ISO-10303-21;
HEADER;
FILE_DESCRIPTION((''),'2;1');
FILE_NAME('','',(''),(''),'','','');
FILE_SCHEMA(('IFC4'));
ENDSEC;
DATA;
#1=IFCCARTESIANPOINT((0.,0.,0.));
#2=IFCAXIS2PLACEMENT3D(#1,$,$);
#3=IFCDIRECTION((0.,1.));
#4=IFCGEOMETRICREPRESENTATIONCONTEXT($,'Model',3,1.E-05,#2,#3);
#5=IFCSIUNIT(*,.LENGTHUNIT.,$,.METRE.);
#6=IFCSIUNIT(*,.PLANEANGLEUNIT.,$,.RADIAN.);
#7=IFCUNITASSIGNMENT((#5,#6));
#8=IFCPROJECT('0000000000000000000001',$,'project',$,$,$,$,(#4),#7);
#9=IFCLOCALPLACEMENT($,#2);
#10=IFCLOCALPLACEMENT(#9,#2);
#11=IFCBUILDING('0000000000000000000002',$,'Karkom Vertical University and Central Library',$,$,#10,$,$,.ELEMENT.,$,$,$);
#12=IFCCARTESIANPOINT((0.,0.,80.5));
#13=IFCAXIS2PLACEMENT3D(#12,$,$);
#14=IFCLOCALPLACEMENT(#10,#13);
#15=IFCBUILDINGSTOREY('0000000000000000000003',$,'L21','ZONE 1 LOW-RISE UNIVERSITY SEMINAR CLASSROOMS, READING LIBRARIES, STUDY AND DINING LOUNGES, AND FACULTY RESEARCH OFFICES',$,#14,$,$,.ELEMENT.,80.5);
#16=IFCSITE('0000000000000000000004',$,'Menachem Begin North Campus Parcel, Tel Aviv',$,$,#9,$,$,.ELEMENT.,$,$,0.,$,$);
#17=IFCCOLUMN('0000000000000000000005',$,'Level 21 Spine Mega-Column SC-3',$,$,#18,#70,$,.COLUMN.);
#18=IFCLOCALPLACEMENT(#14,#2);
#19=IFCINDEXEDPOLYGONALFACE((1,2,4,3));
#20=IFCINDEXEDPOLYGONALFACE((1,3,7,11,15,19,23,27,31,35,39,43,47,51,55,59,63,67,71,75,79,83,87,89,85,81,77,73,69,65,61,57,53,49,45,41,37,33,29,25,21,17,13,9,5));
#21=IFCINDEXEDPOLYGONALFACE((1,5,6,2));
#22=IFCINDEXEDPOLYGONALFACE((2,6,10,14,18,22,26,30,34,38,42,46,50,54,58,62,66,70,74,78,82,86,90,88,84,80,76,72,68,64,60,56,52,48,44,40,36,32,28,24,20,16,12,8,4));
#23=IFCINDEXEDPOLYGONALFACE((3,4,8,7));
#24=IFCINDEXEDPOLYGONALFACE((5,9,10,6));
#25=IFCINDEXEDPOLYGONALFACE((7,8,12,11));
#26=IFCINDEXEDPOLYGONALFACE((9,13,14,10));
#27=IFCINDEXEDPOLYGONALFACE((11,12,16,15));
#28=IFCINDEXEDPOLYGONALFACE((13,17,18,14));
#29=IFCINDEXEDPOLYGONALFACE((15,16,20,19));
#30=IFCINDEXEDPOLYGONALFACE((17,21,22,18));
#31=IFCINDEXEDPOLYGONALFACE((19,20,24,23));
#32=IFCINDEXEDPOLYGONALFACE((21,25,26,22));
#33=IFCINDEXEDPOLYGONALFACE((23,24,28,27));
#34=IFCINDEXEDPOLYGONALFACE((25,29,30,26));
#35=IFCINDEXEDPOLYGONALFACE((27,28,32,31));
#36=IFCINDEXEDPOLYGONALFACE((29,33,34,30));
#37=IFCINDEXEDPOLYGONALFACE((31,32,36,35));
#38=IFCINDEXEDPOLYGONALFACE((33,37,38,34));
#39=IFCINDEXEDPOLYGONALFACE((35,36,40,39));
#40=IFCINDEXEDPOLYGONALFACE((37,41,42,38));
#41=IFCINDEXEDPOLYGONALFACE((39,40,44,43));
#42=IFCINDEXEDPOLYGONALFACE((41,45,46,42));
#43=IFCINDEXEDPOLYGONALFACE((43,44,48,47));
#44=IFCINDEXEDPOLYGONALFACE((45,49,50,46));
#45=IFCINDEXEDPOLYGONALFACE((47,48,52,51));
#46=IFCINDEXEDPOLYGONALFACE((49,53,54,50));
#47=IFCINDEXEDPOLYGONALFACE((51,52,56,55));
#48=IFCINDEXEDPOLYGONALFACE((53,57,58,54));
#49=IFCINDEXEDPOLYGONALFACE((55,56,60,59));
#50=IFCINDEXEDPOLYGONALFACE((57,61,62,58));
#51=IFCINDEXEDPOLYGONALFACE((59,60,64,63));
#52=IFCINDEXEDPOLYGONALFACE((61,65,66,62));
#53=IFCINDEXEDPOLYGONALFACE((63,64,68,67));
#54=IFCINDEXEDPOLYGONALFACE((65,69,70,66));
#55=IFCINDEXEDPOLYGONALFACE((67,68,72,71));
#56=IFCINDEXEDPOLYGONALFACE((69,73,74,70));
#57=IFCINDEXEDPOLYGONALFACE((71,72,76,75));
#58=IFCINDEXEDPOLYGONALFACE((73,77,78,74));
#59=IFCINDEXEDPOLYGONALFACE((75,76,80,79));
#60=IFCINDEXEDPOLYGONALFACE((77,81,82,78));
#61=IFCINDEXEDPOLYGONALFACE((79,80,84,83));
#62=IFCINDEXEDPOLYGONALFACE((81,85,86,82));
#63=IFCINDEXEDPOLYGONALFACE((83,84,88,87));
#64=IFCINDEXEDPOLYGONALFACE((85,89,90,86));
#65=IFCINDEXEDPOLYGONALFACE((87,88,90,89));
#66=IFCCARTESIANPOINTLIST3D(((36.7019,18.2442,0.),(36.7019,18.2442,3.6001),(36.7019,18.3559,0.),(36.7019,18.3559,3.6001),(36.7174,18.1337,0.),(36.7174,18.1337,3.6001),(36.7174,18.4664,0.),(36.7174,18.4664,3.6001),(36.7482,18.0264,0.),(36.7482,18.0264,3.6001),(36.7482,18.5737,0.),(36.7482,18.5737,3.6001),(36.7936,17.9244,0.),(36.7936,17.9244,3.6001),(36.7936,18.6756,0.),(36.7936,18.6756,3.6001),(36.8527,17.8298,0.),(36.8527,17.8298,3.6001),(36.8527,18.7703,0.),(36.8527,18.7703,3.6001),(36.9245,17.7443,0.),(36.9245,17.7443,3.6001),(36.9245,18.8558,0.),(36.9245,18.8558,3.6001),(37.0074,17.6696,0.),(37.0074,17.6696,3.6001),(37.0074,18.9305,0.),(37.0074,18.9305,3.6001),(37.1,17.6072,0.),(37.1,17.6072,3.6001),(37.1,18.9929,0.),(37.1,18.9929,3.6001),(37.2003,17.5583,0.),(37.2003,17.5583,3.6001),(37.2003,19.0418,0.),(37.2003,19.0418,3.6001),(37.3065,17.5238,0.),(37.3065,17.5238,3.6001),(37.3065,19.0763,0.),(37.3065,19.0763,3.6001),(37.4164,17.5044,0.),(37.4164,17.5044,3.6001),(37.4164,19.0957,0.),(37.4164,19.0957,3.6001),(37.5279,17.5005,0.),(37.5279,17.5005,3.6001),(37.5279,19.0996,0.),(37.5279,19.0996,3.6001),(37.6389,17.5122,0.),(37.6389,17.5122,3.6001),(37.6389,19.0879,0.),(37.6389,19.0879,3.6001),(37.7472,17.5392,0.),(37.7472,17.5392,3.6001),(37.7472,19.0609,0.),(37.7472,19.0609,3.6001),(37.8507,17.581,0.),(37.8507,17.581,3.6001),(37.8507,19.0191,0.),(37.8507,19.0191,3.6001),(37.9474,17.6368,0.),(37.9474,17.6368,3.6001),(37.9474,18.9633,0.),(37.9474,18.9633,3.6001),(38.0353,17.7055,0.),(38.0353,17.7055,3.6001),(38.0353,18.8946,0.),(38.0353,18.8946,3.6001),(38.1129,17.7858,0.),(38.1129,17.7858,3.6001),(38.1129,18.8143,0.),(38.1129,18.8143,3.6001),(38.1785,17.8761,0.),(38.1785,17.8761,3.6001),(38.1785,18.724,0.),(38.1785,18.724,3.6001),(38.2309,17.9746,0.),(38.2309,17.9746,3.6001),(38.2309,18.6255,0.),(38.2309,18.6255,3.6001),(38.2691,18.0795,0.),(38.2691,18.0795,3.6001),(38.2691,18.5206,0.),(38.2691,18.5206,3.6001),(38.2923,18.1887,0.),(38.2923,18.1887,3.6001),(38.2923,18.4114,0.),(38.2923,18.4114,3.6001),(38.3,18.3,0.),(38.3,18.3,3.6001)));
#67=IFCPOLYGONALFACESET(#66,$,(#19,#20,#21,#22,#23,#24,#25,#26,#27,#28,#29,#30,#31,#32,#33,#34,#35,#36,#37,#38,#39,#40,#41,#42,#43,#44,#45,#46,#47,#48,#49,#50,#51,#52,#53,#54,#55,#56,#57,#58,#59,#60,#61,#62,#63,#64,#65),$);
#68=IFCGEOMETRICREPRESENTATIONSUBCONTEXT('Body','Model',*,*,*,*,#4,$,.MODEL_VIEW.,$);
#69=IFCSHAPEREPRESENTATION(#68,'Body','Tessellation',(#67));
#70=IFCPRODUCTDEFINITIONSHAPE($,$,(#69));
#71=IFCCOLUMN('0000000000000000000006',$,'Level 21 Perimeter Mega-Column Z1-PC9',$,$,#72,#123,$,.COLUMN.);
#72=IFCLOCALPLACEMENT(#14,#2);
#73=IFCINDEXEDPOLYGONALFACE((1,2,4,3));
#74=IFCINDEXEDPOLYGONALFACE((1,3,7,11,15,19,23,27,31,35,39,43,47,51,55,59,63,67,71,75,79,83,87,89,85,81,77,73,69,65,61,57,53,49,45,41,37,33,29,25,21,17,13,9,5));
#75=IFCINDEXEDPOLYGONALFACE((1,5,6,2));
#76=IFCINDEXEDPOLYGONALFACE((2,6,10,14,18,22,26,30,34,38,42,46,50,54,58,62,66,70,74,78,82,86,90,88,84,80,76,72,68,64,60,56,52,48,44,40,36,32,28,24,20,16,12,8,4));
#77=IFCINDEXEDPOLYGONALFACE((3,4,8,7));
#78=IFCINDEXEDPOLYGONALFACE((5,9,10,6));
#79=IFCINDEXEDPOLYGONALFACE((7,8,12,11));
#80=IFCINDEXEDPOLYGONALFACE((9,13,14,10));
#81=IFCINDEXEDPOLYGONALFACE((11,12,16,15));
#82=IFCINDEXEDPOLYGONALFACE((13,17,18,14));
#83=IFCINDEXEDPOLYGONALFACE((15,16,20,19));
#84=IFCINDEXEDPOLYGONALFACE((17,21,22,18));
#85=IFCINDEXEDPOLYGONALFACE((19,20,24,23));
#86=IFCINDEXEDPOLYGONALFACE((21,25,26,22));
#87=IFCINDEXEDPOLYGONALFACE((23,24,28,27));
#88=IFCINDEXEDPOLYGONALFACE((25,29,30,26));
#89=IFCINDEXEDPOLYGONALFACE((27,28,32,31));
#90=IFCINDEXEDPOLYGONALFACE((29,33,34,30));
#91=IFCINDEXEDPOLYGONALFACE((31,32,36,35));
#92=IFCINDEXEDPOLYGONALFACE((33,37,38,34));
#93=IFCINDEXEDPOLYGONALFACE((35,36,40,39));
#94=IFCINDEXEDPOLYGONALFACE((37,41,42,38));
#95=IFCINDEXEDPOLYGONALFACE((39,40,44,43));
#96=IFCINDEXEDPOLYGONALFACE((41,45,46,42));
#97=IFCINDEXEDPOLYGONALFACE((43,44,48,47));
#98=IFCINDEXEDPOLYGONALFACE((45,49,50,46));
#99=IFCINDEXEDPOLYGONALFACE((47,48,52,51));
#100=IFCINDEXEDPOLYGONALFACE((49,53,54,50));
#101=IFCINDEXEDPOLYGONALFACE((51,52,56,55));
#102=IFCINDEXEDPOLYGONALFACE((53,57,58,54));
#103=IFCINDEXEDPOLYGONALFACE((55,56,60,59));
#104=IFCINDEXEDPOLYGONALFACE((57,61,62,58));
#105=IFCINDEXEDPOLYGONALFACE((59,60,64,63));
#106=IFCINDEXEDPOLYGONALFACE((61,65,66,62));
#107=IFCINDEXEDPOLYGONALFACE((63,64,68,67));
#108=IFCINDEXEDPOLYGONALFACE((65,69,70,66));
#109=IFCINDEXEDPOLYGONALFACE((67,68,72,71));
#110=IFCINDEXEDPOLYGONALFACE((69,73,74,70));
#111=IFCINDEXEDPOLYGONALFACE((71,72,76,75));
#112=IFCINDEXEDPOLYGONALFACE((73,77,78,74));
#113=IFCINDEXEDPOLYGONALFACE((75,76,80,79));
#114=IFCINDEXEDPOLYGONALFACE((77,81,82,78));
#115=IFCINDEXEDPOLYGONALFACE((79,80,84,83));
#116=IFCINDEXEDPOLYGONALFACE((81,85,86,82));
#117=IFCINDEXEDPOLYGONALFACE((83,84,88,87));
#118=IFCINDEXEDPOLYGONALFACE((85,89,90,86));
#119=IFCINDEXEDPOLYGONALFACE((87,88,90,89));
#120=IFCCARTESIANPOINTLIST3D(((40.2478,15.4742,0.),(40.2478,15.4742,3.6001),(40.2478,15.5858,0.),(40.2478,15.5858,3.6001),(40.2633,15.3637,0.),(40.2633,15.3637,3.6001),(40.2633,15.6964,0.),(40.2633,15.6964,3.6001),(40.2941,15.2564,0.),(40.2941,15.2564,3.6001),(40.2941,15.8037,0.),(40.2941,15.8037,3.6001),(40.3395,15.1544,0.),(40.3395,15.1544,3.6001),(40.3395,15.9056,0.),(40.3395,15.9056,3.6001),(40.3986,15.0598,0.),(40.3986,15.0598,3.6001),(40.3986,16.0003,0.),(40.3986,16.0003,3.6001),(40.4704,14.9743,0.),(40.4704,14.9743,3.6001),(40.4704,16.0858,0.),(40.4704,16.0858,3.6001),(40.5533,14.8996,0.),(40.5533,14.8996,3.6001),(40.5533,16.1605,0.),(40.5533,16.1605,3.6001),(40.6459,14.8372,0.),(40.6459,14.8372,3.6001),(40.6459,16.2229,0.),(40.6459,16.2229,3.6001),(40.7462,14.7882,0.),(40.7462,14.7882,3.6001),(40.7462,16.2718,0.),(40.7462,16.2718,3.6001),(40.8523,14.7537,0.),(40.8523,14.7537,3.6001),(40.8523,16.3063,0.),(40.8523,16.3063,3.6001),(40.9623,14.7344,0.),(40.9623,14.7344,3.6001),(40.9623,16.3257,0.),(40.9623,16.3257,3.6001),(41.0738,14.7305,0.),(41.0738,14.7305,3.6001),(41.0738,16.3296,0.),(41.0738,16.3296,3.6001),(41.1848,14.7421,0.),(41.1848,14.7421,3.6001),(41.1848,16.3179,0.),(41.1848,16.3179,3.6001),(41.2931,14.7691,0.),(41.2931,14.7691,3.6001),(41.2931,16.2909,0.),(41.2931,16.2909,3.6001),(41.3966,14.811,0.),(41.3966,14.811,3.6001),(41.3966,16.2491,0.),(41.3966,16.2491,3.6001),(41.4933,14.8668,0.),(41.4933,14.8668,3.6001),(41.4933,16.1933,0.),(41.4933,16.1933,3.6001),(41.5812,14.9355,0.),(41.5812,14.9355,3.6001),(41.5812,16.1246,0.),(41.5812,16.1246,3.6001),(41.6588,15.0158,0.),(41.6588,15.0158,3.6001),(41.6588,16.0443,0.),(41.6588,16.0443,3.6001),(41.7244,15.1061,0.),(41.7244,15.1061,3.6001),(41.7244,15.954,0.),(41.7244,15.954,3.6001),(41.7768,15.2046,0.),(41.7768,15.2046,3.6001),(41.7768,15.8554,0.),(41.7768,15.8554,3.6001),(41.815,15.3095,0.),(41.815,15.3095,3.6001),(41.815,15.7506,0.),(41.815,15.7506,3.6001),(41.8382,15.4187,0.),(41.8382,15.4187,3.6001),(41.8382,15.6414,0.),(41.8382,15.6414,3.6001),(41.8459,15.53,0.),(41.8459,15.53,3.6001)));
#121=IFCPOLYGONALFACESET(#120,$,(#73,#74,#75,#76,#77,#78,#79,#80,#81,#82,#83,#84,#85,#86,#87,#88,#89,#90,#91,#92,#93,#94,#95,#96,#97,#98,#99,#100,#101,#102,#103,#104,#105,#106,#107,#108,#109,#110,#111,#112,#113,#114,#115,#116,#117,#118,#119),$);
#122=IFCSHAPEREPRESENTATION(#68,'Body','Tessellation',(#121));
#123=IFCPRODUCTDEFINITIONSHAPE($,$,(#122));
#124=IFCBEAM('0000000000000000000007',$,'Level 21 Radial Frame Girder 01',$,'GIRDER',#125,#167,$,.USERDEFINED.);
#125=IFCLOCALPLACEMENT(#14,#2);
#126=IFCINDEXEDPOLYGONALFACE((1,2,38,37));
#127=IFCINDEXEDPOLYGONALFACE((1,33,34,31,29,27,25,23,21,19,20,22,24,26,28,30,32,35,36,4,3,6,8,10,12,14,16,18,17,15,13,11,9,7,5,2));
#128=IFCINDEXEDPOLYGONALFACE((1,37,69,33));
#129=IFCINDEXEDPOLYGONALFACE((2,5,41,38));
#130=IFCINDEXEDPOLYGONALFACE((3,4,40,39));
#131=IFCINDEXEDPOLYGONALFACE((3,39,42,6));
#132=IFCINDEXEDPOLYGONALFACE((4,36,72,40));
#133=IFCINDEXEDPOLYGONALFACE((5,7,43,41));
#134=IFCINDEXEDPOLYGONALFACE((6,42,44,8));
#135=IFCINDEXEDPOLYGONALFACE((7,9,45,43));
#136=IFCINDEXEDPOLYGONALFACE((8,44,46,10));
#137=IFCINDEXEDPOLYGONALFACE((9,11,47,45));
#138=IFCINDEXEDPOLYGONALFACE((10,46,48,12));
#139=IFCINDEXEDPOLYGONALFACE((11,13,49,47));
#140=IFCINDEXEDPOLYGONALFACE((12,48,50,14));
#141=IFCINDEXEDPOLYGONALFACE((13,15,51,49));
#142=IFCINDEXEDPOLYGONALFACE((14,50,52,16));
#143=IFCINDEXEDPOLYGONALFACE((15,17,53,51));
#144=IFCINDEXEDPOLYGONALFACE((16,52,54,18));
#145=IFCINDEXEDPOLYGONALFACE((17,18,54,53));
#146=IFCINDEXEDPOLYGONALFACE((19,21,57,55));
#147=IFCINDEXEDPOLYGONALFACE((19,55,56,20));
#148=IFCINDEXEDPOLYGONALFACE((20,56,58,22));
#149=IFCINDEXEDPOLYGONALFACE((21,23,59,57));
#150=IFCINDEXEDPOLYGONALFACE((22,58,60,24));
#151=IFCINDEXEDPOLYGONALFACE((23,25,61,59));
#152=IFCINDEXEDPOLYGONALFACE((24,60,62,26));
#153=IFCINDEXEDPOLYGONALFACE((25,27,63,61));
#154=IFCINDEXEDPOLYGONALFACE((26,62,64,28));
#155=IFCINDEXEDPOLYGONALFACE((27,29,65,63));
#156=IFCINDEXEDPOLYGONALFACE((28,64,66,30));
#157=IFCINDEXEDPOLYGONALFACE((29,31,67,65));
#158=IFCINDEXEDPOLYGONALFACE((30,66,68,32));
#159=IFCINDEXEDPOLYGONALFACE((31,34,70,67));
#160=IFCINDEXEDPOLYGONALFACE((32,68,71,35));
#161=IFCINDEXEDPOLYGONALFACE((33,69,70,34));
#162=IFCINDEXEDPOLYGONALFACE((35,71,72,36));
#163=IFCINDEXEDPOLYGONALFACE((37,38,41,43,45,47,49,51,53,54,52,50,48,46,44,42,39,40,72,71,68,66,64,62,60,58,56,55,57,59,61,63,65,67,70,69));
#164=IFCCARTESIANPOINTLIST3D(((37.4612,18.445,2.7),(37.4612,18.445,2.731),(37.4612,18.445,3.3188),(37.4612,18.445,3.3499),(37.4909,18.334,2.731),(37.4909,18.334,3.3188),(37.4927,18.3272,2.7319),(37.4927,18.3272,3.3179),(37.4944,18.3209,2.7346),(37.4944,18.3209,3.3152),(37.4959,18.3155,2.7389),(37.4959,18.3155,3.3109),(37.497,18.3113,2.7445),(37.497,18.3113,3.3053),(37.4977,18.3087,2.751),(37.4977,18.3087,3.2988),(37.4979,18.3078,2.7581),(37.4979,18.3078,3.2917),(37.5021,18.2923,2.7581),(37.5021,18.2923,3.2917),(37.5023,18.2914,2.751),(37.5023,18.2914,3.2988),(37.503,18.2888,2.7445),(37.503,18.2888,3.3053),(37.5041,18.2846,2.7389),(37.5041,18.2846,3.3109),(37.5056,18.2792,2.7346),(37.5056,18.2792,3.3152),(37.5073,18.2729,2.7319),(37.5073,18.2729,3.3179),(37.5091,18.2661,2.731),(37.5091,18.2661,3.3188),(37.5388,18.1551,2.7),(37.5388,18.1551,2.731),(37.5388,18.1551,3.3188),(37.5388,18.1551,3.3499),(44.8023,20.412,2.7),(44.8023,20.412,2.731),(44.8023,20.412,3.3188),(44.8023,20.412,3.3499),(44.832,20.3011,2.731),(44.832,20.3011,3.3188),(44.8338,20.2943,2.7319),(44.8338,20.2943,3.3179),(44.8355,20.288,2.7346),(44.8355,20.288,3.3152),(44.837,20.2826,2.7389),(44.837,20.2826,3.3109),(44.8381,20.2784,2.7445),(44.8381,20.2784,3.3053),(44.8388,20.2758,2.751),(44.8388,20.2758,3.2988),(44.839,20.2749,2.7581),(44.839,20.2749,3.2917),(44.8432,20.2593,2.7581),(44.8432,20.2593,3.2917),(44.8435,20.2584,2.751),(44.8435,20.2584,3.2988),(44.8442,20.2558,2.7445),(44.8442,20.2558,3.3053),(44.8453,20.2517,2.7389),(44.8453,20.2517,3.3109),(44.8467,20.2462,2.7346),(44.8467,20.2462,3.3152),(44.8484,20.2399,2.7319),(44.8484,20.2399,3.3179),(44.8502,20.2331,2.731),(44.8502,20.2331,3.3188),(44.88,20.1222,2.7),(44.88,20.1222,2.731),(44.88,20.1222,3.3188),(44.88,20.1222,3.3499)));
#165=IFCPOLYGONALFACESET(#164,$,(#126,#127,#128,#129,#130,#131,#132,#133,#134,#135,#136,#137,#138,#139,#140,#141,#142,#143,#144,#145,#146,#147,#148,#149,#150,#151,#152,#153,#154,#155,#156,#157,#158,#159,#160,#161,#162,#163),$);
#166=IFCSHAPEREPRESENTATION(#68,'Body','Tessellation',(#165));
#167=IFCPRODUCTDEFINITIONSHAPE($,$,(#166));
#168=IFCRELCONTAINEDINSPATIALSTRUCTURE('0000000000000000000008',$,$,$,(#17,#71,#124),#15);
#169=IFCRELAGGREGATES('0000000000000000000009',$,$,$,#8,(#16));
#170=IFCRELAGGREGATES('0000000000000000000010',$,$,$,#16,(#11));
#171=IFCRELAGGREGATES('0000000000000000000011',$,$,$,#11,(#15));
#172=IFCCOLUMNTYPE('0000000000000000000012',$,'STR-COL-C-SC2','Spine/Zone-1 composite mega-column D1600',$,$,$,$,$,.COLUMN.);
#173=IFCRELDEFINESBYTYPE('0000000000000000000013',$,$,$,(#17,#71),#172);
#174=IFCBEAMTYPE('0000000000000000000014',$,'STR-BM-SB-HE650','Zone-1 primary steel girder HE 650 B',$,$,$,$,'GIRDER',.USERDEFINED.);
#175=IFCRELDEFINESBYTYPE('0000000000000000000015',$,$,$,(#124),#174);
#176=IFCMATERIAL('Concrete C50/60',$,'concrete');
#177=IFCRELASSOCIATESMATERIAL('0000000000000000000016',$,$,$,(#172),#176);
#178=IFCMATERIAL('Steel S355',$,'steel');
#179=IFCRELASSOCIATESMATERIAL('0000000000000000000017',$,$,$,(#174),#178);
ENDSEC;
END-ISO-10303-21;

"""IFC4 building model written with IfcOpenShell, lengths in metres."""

from ifc_helpers import new_model, si_unit, direction, frame, origin, origin_with_axes, origin_2d, place, context, subcontext, project, spatial, circle, i_section, extrude, source, transform, mapped, material, material_profile, profile_set, type_object, element, save


model = new_model("IFC4")

# Units and contexts
model_context = context("Model", 3, precision=1e-05, world=origin(), true_north=direction((0.0, 1.0)))
body_context = subcontext(model_context, "Body", "Model", "MODEL_VIEW")
ifc_project = project(units=[si_unit("LENGTHUNIT", "METRE"), si_unit("PLANEANGLEUNIT", "RADIAN")], contexts=[model_context])

# Site, building, storey
site_placement = place(None, origin())
site = spatial("IfcSite", under=ifc_project, at=site_placement, Name="Menachem Begin North Campus Parcel, Tel Aviv", CompositionType="ELEMENT", RefElevation=0.0)
building_placement = place(site_placement, origin())
building = spatial("IfcBuilding", under=site, at=building_placement, Name="Karkom Vertical University and Central Library", CompositionType="ELEMENT")
storey_placement = place(building_placement, frame((0.0, 0.0, 80.5)))
storey = spatial("IfcBuildingStorey", under=building, at=storey_placement, Name="L21", Description="ZONE 1 LOW-RISE UNIVERSITY SEMINAR CLASSROOMS, READING LIBRARIES, STUDY AND DINING LOUNGES, AND FACULTY RESEARCH OFFICES", CompositionType="ELEMENT", Elevation=80.5)

# Columns
ifc_material_1 = material(Name="Concrete C50/60", Category="concrete")
ifc_material_profile_1 = material_profile(ifc_material_1, circle(Radius=0.8, at=origin_2d()), Name="CFT-D1600")
ifc_profile_set_1 = profile_set([ifc_material_profile_1], Name="Concrete C50/60")
column_type = type_object("IfcColumnType", Name="STR-COL-C-SC2", Description="Spine/Zone-1 composite mega-column D1600", PredefinedType="COLUMN", material=ifc_profile_set_1)
shared_shape_1 = source(origin_with_axes(), body_context, "Body", "SweptSolid", [
    extrude(circle(Radius=0.8, at=origin_2d()), origin(), (0.0, 0.0, 1.0), 3.6001),
])
for number, where, z_axis, x_axis, name in (
    (1, (37.5, 18.3, 0.0), (0.0, 0.0, 1.0), (1.0, 0.0, 0.0), "Level 21 Spine Mega-Column SC-3"),
    (2, (41.0459, 15.53, 0.0), (0.0, 0.0, 1.0), (1.0, 0.0, 0.0), "Level 21 Perimeter Mega-Column Z1-PC9"),
):
    element("IfcColumn", number, at=place(storey_placement, frame(where, z_axis=z_axis, x_axis=x_axis)), inside=storey, type_object=column_type, Name=name, PredefinedType="COLUMN", context=body_context, shape_type="MappedRepresentation", body=[
        mapped(shared_shape_1, transform((0.0, 0.0, 0.0), scale=1.0)),
    ])

# Beam
ifc_material_2 = material(Name="Steel S355", Category="steel")
ifc_material_profile_2 = material_profile(ifc_material_2, i_section(OverallWidth=0.3, OverallDepth=0.6499, WebThickness=0.0161, FlangeThickness=0.031, FilletRadius=0.0271, at=origin_2d()), Name="HE 650 B")
ifc_profile_set_2 = profile_set([ifc_material_profile_2], Name="Steel S355")
beam_type_1 = type_object("IfcBeamType", Name="STR-BM-SB-HE650", Description="Zone-1 primary steel girder HE 650 B", ElementType="GIRDER", PredefinedType="USERDEFINED", material=ifc_profile_set_2)
shared_shape_2 = source(origin_with_axes(), body_context, "Body", "SweptSolid", [
    extrude(i_section(OverallWidth=0.3, OverallDepth=0.6499, WebThickness=0.0161, FlangeThickness=0.031, FilletRadius=0.0271, at=origin_2d()), origin(), (0.0, 0.0, 1.0), 7.6001),
])
beam_1_placement = place(storey_placement, frame((37.5, 18.3, 3.0249), z_axis=(0.965926, 0.25882, 0.0), x_axis=(-0.25882, 0.965926, 0.0)))
element("IfcBeam", 3, at=beam_1_placement, inside=storey, type_object=beam_type_1, Name="Level 21 Radial Frame Girder 01", ObjectType="GIRDER", PredefinedType="USERDEFINED", context=body_context, shape_type="MappedRepresentation", body=[
    mapped(shared_shape_2, transform((0.0, 0.0, 0.0), scale=1.0)),
])

save(model, "model.ifc")
